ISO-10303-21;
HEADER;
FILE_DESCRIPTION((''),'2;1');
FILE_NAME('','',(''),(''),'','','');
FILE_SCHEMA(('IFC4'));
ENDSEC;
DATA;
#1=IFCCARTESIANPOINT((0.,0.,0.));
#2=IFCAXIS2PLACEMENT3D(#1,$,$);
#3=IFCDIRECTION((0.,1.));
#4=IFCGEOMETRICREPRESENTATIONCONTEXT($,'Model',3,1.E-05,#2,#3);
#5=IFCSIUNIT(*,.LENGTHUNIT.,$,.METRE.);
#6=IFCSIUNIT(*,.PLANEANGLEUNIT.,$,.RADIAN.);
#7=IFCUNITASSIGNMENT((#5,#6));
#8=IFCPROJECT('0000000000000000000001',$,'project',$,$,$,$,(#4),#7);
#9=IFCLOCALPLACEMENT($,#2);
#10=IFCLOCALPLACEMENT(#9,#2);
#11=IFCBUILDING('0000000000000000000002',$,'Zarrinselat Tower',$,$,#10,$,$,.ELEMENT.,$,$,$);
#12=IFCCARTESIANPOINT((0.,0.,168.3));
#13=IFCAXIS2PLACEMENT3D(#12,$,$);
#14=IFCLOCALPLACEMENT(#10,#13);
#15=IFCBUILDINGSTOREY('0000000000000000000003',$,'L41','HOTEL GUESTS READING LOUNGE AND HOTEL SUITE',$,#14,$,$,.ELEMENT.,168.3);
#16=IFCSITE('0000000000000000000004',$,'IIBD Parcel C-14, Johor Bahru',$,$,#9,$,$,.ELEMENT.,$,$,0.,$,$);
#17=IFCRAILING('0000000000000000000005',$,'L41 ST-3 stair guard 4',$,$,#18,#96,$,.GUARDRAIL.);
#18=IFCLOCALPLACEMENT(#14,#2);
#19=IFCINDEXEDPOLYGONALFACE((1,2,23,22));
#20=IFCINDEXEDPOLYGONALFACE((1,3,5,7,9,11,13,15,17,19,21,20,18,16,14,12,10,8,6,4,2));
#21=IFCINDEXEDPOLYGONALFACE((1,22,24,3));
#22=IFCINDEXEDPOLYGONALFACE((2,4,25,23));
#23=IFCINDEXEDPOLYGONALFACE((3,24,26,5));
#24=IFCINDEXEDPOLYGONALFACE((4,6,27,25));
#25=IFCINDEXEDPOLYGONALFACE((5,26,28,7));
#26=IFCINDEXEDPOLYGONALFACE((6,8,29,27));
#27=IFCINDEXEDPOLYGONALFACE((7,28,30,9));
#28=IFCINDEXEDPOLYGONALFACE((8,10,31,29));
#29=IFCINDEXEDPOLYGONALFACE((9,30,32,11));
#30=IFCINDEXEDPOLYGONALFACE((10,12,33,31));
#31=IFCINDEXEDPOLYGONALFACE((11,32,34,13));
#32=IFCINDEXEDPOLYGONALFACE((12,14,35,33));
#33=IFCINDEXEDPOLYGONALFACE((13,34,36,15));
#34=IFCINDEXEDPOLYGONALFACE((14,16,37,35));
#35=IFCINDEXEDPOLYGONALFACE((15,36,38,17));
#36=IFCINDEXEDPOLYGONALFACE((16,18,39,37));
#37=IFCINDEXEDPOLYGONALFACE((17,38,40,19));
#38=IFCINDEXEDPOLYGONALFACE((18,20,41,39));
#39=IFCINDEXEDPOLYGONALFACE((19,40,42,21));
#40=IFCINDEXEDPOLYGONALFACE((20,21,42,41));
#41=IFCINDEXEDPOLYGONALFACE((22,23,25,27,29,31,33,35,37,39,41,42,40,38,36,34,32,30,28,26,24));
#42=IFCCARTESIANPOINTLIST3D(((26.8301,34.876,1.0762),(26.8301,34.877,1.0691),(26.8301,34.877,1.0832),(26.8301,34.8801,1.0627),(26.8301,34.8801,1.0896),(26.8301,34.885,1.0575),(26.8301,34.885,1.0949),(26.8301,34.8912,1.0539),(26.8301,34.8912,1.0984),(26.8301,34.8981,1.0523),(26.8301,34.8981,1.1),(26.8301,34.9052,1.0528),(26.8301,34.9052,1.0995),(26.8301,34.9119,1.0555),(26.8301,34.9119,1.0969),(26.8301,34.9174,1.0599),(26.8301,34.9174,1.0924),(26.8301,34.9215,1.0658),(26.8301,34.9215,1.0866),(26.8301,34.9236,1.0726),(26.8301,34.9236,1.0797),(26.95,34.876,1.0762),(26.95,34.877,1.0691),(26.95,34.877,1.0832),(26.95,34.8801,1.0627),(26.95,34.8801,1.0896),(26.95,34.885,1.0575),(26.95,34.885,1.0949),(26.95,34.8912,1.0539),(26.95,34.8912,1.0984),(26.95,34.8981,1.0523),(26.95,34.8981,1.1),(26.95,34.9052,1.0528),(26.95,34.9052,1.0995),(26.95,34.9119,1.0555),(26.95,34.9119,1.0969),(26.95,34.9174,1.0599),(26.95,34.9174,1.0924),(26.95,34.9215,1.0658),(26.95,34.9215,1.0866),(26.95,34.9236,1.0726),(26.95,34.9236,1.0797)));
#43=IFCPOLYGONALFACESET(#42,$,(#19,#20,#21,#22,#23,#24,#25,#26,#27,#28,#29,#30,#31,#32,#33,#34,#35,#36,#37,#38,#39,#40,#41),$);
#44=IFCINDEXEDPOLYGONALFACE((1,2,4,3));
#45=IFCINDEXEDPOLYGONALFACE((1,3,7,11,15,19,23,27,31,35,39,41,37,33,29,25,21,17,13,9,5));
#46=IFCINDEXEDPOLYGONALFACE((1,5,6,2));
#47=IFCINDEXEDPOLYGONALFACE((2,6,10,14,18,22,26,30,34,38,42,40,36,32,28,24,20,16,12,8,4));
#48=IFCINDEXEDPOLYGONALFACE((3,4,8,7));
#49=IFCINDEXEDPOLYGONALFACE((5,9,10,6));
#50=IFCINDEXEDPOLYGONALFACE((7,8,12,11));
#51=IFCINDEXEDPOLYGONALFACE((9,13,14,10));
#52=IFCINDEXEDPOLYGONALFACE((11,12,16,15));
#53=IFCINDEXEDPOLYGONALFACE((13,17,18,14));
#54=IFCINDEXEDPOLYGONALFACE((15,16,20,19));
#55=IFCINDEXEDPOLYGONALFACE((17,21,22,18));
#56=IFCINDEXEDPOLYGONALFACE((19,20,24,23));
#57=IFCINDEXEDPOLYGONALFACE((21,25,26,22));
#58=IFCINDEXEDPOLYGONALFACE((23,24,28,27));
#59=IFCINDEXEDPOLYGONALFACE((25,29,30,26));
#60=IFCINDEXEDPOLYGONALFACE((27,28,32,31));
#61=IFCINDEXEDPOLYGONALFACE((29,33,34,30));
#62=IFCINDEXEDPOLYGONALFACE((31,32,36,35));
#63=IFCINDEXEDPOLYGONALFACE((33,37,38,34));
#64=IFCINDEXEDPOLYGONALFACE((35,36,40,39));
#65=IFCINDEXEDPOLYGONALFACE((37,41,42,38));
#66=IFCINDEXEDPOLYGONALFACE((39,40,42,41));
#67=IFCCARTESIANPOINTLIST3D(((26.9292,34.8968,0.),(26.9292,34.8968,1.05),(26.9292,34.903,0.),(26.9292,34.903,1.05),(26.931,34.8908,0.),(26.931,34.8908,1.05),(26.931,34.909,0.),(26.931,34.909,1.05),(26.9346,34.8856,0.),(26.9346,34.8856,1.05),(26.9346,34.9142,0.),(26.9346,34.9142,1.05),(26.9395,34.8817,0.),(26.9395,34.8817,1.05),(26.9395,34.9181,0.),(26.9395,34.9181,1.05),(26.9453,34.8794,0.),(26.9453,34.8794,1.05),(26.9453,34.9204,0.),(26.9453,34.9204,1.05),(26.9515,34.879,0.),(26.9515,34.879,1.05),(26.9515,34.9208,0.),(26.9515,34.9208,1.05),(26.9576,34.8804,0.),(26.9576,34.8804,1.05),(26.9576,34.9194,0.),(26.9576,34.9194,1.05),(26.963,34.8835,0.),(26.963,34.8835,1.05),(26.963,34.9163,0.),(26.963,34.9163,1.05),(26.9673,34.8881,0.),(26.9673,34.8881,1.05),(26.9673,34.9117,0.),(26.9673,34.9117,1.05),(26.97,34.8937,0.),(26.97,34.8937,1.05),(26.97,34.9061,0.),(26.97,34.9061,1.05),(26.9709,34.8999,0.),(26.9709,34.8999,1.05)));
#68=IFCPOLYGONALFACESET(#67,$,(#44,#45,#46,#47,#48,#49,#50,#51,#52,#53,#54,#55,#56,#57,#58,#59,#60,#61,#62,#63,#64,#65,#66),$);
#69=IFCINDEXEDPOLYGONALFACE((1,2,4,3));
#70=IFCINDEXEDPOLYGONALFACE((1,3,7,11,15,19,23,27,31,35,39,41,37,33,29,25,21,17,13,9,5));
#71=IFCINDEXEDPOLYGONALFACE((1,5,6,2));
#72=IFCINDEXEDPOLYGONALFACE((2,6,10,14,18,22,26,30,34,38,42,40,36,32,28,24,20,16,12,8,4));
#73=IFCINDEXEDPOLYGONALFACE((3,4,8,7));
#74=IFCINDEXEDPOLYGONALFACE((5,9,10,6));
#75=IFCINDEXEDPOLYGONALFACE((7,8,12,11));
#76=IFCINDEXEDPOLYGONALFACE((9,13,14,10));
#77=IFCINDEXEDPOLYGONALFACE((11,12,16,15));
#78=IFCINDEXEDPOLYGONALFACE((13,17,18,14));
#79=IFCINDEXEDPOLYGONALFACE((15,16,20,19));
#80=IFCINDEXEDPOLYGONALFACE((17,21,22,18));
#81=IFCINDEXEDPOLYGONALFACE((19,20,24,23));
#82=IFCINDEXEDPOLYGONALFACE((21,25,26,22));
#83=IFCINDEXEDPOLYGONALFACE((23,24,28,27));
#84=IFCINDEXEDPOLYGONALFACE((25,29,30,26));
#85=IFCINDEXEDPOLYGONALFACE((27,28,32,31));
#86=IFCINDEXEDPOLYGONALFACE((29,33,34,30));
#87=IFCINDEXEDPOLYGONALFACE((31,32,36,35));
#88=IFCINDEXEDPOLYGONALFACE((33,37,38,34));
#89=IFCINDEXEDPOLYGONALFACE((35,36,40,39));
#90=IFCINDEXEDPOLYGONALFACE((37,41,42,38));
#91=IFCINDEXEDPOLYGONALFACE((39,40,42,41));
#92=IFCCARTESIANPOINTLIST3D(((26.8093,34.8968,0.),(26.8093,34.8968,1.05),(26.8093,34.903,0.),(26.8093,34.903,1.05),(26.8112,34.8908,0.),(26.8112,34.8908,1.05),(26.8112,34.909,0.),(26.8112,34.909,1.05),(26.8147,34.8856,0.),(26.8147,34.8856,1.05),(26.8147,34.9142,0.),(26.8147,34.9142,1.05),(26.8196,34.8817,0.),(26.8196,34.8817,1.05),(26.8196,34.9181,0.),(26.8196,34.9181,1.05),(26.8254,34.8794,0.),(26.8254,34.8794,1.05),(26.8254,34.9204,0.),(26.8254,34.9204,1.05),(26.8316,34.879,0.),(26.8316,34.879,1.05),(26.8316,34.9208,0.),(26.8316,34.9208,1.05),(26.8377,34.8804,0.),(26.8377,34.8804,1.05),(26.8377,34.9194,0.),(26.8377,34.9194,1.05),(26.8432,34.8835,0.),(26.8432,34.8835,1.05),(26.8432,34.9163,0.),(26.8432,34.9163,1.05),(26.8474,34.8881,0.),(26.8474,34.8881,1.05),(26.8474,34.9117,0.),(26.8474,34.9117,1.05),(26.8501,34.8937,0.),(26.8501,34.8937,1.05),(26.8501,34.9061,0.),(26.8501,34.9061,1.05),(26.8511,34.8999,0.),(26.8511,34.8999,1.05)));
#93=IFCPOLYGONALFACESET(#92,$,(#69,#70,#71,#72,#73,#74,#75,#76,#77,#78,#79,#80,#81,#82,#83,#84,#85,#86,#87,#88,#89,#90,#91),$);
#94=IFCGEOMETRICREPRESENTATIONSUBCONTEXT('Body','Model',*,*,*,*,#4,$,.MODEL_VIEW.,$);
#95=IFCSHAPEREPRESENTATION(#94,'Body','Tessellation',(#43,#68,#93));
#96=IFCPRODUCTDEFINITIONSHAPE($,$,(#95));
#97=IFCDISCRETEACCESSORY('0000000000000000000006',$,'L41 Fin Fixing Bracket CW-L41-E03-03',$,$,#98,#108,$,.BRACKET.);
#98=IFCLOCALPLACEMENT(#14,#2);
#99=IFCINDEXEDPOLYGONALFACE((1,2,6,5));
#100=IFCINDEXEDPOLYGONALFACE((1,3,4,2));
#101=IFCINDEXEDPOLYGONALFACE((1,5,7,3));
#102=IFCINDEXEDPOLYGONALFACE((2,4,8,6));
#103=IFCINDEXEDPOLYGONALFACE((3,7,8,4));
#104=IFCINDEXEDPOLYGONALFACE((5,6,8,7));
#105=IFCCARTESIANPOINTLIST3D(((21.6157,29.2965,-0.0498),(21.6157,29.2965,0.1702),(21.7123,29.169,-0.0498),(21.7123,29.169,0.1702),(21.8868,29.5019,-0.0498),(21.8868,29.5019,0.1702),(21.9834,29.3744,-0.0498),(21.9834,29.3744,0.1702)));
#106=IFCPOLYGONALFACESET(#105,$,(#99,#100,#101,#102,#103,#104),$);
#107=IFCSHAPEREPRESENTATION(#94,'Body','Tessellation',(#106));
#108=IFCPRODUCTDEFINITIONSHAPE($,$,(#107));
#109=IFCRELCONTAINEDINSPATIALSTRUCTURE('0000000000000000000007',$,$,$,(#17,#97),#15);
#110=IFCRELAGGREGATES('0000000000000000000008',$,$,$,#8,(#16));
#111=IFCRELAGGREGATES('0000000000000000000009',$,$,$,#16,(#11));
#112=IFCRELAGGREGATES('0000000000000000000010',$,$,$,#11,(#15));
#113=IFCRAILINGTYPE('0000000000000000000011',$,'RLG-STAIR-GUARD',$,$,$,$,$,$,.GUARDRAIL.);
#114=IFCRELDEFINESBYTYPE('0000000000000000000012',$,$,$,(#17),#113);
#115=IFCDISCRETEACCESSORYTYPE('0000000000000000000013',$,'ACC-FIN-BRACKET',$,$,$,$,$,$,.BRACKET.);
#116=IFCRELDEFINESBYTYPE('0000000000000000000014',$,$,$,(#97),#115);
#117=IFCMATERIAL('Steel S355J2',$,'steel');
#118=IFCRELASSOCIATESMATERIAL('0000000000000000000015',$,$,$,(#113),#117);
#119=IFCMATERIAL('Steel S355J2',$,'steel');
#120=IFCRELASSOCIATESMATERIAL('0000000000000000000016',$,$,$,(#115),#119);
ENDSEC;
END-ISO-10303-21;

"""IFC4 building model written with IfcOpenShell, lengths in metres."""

from ifc_helpers import new_model, si_unit, direction, frame, origin, origin_2d, place, context, subcontext, project, spatial, rectangle, circle, extrude, material, type_object, element, save


model = new_model("IFC4")

# Units and contexts
model_context = context("Model", 3, precision=1e-05, world=origin(), true_north=direction((0.0, 1.0)))
body_context = subcontext(model_context, "Body", "Model", "MODEL_VIEW")
ifc_project = project(units=[si_unit("LENGTHUNIT", "METRE"), si_unit("PLANEANGLEUNIT", "RADIAN")], contexts=[model_context])

# Site, building, storey
site_placement = place(None, origin())
site = spatial("IfcSite", under=ifc_project, at=site_placement, Name="IIBD Parcel C-14, Johor Bahru", CompositionType="ELEMENT", RefElevation=0.0)
building_placement = place(site_placement, origin())
building = spatial("IfcBuilding", under=site, at=building_placement, Name="Zarrinselat Tower", CompositionType="ELEMENT")
storey_placement = place(building_placement, frame((0.0, 0.0, 168.3)))
storey = spatial("IfcBuildingStorey", under=building, at=storey_placement, Name="L41", Description="HOTEL GUESTS READING LOUNGE AND HOTEL SUITE", CompositionType="ELEMENT", Elevation=168.3)

# Railing
ifc_material_1 = material(Name="Steel S355J2", Category="steel")
railing_type = type_object("IfcRailingType", Name="RLG-STAIR-GUARD", PredefinedType="GUARDRAIL", material=ifc_material_1)
railing_1_placement = place(storey_placement, frame((26.95, 34.8999, 0.0)))
element("IfcRailing", 1, at=railing_1_placement, inside=storey, type_object=railing_type, Name="L41 ST-3 stair guard 4", PredefinedType="GUARDRAIL", context=body_context, shape_type="SweptSolid", body=[
    extrude(circle(Radius=0.0239, at=origin_2d()), frame((0.0, 0.0, 1.0762), z_axis=(-1.0, 0.0, 0.0), x_axis=(0.0, -1.0, 0.0)), (0.0, 0.0, 1.0), 0.1199),
    extrude(circle(Radius=0.021, at=origin_2d()), origin(), (0.0, 0.0, 1.0), 1.05),
    extrude(circle(Radius=0.021, at=origin_2d()), frame((-0.1199, 0.0, 0.0)), (0.0, 0.0, 1.0), 1.05),
])

# Discrete accessory
ifc_material_2 = material(Name="Steel S355J2", Category="steel")
discrete_accessory_type = type_object("IfcDiscreteAccessoryType", Name="ACC-FIN-BRACKET", PredefinedType="BRACKET", material=ifc_material_2)
discrete_accessory_placement = place(storey_placement, frame((21.7996, 29.3354, -0.0498), z_axis=(0.0, 0.0, 1.0), x_axis=(-0.797092, -0.603858, 0.0)))
element("IfcDiscreteAccessory", 2, at=discrete_accessory_placement, inside=storey, type_object=discrete_accessory_type, Name="L41 Fin Fixing Bracket CW-L41-E03-03", PredefinedType="BRACKET", context=body_context, shape_type="SweptSolid", body=[
    extrude(rectangle(XDim=0.3401, YDim=0.1599, at=origin_2d()), origin(), (0.0, 0.0, 1.0), 0.22),
])

save(model, "model.ifc")
